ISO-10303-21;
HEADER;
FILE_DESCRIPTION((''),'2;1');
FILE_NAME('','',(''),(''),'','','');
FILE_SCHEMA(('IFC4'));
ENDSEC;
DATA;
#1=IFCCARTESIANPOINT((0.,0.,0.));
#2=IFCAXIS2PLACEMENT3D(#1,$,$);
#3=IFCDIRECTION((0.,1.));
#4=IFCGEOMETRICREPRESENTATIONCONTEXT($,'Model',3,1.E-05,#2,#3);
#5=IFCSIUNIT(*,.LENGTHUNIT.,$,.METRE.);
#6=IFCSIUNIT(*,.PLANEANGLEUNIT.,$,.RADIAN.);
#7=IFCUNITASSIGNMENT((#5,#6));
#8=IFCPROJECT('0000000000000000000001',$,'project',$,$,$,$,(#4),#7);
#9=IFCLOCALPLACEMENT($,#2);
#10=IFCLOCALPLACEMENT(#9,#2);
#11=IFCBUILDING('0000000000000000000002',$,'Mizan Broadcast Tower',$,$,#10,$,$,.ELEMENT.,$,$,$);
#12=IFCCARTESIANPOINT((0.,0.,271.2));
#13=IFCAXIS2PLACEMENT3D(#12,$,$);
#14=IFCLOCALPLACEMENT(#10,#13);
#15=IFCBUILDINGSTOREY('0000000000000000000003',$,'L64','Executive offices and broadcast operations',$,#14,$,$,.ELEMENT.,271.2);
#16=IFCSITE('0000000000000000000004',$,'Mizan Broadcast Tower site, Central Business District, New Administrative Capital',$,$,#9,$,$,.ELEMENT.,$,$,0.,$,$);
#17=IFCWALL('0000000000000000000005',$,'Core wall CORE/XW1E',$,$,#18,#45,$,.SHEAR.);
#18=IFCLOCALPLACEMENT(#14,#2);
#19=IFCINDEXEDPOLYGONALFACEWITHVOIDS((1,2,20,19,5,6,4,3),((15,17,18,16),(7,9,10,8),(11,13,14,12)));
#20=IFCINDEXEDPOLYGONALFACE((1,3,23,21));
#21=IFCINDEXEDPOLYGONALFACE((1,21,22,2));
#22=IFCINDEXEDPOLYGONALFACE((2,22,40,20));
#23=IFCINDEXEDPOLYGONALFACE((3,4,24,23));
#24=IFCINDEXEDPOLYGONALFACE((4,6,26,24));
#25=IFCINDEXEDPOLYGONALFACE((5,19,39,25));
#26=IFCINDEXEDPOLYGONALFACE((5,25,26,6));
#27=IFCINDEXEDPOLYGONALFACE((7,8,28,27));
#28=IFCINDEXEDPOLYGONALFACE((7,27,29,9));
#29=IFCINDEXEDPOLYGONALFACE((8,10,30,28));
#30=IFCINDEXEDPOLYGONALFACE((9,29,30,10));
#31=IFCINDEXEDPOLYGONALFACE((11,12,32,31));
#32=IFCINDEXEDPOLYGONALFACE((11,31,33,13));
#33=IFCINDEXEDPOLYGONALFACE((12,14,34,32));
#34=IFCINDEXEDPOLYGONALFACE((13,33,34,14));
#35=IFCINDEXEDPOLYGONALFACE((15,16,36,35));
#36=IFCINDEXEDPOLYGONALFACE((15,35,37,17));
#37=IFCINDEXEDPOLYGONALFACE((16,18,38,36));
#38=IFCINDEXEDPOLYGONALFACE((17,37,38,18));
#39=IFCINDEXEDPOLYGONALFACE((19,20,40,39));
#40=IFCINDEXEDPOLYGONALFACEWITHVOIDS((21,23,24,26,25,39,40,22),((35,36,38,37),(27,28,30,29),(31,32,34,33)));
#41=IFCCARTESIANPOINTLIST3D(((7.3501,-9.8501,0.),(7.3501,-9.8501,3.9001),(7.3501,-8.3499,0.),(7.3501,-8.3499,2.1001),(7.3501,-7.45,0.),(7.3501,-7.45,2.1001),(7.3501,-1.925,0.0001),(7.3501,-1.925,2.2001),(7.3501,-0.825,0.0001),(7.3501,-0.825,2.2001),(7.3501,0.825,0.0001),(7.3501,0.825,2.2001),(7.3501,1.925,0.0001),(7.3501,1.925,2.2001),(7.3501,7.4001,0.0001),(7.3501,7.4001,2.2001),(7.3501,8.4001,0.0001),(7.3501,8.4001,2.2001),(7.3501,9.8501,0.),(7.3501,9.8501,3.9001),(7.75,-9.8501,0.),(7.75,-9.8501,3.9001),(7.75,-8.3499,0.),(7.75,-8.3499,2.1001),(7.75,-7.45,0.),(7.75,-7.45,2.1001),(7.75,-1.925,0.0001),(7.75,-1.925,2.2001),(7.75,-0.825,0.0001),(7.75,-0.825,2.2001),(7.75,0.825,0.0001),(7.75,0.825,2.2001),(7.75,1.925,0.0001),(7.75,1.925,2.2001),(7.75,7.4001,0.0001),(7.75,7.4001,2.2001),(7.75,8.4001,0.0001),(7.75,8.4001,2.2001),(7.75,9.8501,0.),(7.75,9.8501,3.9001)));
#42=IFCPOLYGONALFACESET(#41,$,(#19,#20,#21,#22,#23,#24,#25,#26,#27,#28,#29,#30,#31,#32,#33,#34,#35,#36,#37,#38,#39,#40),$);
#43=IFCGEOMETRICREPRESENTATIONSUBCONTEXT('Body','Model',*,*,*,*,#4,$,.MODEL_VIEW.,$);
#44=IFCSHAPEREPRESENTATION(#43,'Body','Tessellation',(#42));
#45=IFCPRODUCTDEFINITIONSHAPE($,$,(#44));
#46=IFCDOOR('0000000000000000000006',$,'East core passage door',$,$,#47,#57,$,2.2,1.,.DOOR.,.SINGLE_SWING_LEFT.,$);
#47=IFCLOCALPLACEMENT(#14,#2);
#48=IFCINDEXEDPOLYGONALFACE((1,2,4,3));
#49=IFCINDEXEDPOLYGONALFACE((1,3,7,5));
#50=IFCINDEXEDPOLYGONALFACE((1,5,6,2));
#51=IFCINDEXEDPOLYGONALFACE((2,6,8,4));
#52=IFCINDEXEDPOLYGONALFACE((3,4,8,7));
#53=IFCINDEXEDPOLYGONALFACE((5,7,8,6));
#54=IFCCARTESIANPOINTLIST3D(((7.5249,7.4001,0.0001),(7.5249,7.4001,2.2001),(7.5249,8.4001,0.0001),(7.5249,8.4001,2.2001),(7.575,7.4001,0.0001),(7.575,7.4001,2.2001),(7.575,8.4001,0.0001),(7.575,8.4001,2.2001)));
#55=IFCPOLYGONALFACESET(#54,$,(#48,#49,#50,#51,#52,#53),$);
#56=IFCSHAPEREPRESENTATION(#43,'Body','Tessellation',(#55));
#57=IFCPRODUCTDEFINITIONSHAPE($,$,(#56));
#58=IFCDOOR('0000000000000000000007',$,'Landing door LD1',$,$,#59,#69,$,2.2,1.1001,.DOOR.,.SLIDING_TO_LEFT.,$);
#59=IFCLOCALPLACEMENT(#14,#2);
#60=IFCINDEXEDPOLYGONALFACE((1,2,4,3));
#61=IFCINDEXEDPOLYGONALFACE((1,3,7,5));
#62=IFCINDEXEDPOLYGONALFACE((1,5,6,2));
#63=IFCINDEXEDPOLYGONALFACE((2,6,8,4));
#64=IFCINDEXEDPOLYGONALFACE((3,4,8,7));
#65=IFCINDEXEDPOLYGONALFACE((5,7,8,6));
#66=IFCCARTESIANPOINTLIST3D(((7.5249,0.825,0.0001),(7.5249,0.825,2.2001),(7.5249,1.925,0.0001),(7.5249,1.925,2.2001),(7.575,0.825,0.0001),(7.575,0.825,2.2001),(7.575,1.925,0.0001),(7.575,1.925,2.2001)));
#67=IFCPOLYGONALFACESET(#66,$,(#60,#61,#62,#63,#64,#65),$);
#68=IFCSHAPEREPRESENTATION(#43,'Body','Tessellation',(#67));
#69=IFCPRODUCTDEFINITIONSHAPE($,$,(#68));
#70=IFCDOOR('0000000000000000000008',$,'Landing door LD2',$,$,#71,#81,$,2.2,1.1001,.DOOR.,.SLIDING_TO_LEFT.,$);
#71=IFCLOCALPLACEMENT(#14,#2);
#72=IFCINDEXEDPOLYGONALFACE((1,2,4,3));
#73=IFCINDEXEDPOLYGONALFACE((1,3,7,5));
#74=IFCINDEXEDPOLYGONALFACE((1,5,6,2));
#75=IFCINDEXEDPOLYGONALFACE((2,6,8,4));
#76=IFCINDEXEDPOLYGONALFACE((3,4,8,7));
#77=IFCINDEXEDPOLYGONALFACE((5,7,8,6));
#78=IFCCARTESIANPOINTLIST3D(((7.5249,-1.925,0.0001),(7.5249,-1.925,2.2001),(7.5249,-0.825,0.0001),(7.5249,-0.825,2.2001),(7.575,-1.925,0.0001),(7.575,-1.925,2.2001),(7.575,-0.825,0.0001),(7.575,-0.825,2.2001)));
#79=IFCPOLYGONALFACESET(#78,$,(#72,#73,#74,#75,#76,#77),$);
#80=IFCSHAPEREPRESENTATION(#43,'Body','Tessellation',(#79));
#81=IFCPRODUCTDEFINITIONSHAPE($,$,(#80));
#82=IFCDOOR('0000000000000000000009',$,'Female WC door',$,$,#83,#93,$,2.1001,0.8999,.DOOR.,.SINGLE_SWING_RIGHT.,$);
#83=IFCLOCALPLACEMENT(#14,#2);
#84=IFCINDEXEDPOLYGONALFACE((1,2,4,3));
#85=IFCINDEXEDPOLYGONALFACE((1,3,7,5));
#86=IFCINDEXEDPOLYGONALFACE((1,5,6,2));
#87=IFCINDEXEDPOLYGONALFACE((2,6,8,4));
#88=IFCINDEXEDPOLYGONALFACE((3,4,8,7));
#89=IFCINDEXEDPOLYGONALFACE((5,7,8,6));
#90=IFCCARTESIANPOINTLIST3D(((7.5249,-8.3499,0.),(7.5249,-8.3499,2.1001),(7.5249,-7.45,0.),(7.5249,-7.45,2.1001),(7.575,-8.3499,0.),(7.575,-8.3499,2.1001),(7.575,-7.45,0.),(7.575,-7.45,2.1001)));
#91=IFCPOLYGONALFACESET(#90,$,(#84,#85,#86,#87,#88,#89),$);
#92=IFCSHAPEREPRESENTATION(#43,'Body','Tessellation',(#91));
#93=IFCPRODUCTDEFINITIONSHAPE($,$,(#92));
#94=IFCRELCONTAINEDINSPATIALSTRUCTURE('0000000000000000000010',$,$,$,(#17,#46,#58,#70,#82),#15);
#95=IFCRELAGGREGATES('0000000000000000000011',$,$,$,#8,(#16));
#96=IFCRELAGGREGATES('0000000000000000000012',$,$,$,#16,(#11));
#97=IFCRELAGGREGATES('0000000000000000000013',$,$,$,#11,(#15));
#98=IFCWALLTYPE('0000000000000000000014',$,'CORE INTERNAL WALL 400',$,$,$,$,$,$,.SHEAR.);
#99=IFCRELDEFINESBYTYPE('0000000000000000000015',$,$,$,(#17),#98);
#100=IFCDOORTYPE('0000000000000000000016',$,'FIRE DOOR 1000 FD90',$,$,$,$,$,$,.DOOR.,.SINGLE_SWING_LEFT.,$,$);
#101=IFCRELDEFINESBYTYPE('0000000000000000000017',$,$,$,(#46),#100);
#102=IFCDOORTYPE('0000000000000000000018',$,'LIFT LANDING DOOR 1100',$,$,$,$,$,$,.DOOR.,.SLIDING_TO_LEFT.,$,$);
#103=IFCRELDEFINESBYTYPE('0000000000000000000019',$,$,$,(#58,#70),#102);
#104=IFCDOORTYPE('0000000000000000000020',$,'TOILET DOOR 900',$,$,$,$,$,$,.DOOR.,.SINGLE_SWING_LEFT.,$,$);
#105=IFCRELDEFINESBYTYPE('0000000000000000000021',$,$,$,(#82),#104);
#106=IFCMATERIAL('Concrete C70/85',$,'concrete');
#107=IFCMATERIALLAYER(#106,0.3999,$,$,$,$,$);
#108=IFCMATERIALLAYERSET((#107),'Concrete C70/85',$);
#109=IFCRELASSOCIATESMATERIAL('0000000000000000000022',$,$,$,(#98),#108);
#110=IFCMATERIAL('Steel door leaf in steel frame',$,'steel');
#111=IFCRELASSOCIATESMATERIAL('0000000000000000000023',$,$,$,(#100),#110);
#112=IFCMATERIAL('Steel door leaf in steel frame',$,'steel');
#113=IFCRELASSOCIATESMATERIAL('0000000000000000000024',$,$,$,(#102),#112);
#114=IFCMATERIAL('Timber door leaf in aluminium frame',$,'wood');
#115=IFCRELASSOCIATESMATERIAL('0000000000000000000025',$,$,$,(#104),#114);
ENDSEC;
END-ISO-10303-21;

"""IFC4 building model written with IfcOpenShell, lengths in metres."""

from ifc_helpers import new_model, si_unit, direction, frame, frame_2d, origin, place, context, subcontext, project, spatial, rectangle, extrude, material, layer, layer_set, type_object, element, fill, save


model = new_model("IFC4")

# Units and contexts
model_context = context("Model", 3, precision=1e-05, world=origin(), true_north=direction((0.0, 1.0)))
body_context = subcontext(model_context, "Body", "Model", "MODEL_VIEW")
ifc_project = project(units=[si_unit("LENGTHUNIT", "METRE"), si_unit("PLANEANGLEUNIT", "RADIAN")], contexts=[model_context])

# Site, building, storey
site_placement = place(None, origin())
site = spatial("IfcSite", under=ifc_project, at=site_placement, Name="Mizan Broadcast Tower site, Central Business District, New Administrative Capital", CompositionType="ELEMENT", RefElevation=0.0)
building_placement = place(site_placement, origin())
building = spatial("IfcBuilding", under=site, at=building_placement, Name="Mizan Broadcast Tower", CompositionType="ELEMENT")
storey_placement = place(building_placement, frame((0.0, 0.0, 271.2)))
storey = spatial("IfcBuildingStorey", under=building, at=storey_placement, Name="L64", Description="Executive offices and broadcast operations", CompositionType="ELEMENT", Elevation=271.2)

# Wall, openings, doors
ifc_material_1 = material(Name="Concrete C70/85", Category="concrete")
ifc_layer_1 = layer(ifc_material_1, 0.3999)
ifc_layer_set_1 = layer_set([ifc_layer_1], Name="Concrete C70/85")
wall_type = type_object("IfcWallType", Name="CORE INTERNAL WALL 400", PredefinedType="SHEAR", material=ifc_layer_set_1)
wall_placement = place(storey_placement, frame((7.55, 9.8501, 0.0), z_axis=(0.0, 0.0, 1.0), x_axis=(0.0, -1.0, 0.0)))
wall = element("IfcWall", 1, at=wall_placement, inside=storey, type_object=wall_type, Name="Core wall CORE/XW1E", PredefinedType="SHEAR", context=body_context, shape_type="SweptSolid", body=[
    extrude(rectangle(XDim=19.7002, YDim=0.3999, at=frame_2d((9.8501, 0.0))), origin(), (0.0, 0.0, 1.0), 3.9001),
])
opening_1_placement = place(wall_placement, frame((1.45, 0.0, 0.0)))
opening_1 = element("IfcOpeningElement", 2, at=opening_1_placement, cuts=wall, PredefinedType="OPENING", context=body_context, shape_type="SweptSolid", body=[
    extrude(rectangle(XDim=1.0, YDim=2.2, at=frame_2d((0.5, 1.1001))), frame((0.0, 0.21, 0.0), z_axis=(0.0, -1.0, 0.0), x_axis=(1.0, 0.0, 0.0)), (0.0, 0.0, 1.0), 0.4199),
])
opening_2_placement = place(wall_placement, frame((17.3, 0.0, 0.0)))
opening_2 = element("IfcOpeningElement", 3, at=opening_2_placement, cuts=wall, PredefinedType="OPENING", context=body_context, shape_type="SweptSolid", body=[
    extrude(rectangle(XDim=0.8999, YDim=2.1001, at=frame_2d((0.45, 1.05))), frame((0.0, 0.21, 0.0), z_axis=(0.0, -1.0, 0.0), x_axis=(1.0, 0.0, 0.0)), (0.0, 0.0, 1.0), 0.4199),
])
opening_3_placement = place(wall_placement, frame((7.925, 0.0, 0.0)))
opening_3 = element("IfcOpeningElement", 4, at=opening_3_placement, cuts=wall, PredefinedType="OPENING", context=body_context, shape_type="SweptSolid", body=[
    extrude(rectangle(XDim=1.1001, YDim=2.2, at=frame_2d((0.55, 1.1001))), frame((0.0, 0.21, 0.0), z_axis=(0.0, -1.0, 0.0), x_axis=(1.0, 0.0, 0.0)), (0.0, 0.0, 1.0), 0.4199),
])
opening_4_placement = place(wall_placement, frame((10.675, 0.0, 0.0)))
opening_4 = element("IfcOpeningElement", 5, at=opening_4_placement, cuts=wall, PredefinedType="OPENING", context=body_context, shape_type="SweptSolid", body=[
    extrude(rectangle(XDim=1.1001, YDim=2.2, at=frame_2d((0.55, 1.1001))), frame((0.0, 0.21, 0.0), z_axis=(0.0, -1.0, 0.0), x_axis=(1.0, 0.0, 0.0)), (0.0, 0.0, 1.0), 0.4199),
])
ifc_material_2 = material(Name="Steel door leaf in steel frame", Category="steel")
door_type_1 = type_object("IfcDoorType", Name="FIRE DOOR 1000 FD90", OperationType="SINGLE_SWING_LEFT", PredefinedType="DOOR", material=ifc_material_2)
door_1_placement = place(opening_1_placement, origin())
door_1 = element("IfcDoor", 6, at=door_1_placement, inside=storey, type_object=door_type_1, Name="East core passage door", OperationType="SINGLE_SWING_LEFT", OverallHeight=2.2, OverallWidth=1.0, PredefinedType="DOOR", context=body_context, shape_type="SweptSolid", body=[
    extrude(rectangle(XDim=1.0, YDim=2.2, at=frame_2d((0.5, 1.1001))), frame((0.0, 0.0249, 0.0), z_axis=(0.0, -1.0, 0.0), x_axis=(1.0, 0.0, 0.0)), (0.0, 0.0, 1.0), 0.05),
])
fill(opening_1, door_1)
ifc_material_3 = material(Name="Steel door leaf in steel frame", Category="steel")
door_type_2 = type_object("IfcDoorType", Name="LIFT LANDING DOOR 1100", OperationType="SLIDING_TO_LEFT", PredefinedType="DOOR", material=ifc_material_3)
door_2_placement = place(opening_3_placement, origin())
door_2 = element("IfcDoor", 7, at=door_2_placement, inside=storey, type_object=door_type_2, Name="Landing door LD1", OperationType="SLIDING_TO_LEFT", OverallHeight=2.2, OverallWidth=1.1001, PredefinedType="DOOR", context=body_context, shape_type="SweptSolid", body=[
    extrude(rectangle(XDim=1.1001, YDim=2.2, at=frame_2d((0.55, 1.1001))), frame((0.0, 0.0249, 0.0), z_axis=(0.0, -1.0, 0.0), x_axis=(1.0, 0.0, 0.0)), (0.0, 0.0, 1.0), 0.05),
])
fill(opening_3, door_2)
door_3_placement = place(opening_4_placement, origin())
door_3 = element("IfcDoor", 8, at=door_3_placement, inside=storey, type_object=door_type_2, Name="Landing door LD2", OperationType="SLIDING_TO_LEFT", OverallHeight=2.2, OverallWidth=1.1001, PredefinedType="DOOR", context=body_context, shape_type="SweptSolid", body=[
    extrude(rectangle(XDim=1.1001, YDim=2.2, at=frame_2d((0.55, 1.1001))), frame((0.0, 0.0249, 0.0), z_axis=(0.0, -1.0, 0.0), x_axis=(1.0, 0.0, 0.0)), (0.0, 0.0, 1.0), 0.05),
])
fill(opening_4, door_3)
ifc_material_4 = material(Name="Timber door leaf in aluminium frame", Category="wood")
door_type_3 = type_object("IfcDoorType", Name="TOILET DOOR 900", OperationType="SINGLE_SWING_LEFT", PredefinedType="DOOR", material=ifc_material_4)
door_4_placement = place(opening_2_placement, origin())
door_4 = element("IfcDoor", 9, at=door_4_placement, inside=storey, type_object=door_type_3, Name="Female WC door", OperationType="SINGLE_SWING_RIGHT", OverallHeight=2.1001, OverallWidth=0.8999, PredefinedType="DOOR", context=body_context, shape_type="SweptSolid", body=[
    extrude(rectangle(XDim=0.8999, YDim=2.1001, at=frame_2d((0.45, 1.05))), frame((0.0, 0.0249, 0.0), z_axis=(0.0, -1.0, 0.0), x_axis=(1.0, 0.0, 0.0)), (0.0, 0.0, 1.0), 0.05),
])
fill(opening_2, door_4)

save(model, "model.ifc")
